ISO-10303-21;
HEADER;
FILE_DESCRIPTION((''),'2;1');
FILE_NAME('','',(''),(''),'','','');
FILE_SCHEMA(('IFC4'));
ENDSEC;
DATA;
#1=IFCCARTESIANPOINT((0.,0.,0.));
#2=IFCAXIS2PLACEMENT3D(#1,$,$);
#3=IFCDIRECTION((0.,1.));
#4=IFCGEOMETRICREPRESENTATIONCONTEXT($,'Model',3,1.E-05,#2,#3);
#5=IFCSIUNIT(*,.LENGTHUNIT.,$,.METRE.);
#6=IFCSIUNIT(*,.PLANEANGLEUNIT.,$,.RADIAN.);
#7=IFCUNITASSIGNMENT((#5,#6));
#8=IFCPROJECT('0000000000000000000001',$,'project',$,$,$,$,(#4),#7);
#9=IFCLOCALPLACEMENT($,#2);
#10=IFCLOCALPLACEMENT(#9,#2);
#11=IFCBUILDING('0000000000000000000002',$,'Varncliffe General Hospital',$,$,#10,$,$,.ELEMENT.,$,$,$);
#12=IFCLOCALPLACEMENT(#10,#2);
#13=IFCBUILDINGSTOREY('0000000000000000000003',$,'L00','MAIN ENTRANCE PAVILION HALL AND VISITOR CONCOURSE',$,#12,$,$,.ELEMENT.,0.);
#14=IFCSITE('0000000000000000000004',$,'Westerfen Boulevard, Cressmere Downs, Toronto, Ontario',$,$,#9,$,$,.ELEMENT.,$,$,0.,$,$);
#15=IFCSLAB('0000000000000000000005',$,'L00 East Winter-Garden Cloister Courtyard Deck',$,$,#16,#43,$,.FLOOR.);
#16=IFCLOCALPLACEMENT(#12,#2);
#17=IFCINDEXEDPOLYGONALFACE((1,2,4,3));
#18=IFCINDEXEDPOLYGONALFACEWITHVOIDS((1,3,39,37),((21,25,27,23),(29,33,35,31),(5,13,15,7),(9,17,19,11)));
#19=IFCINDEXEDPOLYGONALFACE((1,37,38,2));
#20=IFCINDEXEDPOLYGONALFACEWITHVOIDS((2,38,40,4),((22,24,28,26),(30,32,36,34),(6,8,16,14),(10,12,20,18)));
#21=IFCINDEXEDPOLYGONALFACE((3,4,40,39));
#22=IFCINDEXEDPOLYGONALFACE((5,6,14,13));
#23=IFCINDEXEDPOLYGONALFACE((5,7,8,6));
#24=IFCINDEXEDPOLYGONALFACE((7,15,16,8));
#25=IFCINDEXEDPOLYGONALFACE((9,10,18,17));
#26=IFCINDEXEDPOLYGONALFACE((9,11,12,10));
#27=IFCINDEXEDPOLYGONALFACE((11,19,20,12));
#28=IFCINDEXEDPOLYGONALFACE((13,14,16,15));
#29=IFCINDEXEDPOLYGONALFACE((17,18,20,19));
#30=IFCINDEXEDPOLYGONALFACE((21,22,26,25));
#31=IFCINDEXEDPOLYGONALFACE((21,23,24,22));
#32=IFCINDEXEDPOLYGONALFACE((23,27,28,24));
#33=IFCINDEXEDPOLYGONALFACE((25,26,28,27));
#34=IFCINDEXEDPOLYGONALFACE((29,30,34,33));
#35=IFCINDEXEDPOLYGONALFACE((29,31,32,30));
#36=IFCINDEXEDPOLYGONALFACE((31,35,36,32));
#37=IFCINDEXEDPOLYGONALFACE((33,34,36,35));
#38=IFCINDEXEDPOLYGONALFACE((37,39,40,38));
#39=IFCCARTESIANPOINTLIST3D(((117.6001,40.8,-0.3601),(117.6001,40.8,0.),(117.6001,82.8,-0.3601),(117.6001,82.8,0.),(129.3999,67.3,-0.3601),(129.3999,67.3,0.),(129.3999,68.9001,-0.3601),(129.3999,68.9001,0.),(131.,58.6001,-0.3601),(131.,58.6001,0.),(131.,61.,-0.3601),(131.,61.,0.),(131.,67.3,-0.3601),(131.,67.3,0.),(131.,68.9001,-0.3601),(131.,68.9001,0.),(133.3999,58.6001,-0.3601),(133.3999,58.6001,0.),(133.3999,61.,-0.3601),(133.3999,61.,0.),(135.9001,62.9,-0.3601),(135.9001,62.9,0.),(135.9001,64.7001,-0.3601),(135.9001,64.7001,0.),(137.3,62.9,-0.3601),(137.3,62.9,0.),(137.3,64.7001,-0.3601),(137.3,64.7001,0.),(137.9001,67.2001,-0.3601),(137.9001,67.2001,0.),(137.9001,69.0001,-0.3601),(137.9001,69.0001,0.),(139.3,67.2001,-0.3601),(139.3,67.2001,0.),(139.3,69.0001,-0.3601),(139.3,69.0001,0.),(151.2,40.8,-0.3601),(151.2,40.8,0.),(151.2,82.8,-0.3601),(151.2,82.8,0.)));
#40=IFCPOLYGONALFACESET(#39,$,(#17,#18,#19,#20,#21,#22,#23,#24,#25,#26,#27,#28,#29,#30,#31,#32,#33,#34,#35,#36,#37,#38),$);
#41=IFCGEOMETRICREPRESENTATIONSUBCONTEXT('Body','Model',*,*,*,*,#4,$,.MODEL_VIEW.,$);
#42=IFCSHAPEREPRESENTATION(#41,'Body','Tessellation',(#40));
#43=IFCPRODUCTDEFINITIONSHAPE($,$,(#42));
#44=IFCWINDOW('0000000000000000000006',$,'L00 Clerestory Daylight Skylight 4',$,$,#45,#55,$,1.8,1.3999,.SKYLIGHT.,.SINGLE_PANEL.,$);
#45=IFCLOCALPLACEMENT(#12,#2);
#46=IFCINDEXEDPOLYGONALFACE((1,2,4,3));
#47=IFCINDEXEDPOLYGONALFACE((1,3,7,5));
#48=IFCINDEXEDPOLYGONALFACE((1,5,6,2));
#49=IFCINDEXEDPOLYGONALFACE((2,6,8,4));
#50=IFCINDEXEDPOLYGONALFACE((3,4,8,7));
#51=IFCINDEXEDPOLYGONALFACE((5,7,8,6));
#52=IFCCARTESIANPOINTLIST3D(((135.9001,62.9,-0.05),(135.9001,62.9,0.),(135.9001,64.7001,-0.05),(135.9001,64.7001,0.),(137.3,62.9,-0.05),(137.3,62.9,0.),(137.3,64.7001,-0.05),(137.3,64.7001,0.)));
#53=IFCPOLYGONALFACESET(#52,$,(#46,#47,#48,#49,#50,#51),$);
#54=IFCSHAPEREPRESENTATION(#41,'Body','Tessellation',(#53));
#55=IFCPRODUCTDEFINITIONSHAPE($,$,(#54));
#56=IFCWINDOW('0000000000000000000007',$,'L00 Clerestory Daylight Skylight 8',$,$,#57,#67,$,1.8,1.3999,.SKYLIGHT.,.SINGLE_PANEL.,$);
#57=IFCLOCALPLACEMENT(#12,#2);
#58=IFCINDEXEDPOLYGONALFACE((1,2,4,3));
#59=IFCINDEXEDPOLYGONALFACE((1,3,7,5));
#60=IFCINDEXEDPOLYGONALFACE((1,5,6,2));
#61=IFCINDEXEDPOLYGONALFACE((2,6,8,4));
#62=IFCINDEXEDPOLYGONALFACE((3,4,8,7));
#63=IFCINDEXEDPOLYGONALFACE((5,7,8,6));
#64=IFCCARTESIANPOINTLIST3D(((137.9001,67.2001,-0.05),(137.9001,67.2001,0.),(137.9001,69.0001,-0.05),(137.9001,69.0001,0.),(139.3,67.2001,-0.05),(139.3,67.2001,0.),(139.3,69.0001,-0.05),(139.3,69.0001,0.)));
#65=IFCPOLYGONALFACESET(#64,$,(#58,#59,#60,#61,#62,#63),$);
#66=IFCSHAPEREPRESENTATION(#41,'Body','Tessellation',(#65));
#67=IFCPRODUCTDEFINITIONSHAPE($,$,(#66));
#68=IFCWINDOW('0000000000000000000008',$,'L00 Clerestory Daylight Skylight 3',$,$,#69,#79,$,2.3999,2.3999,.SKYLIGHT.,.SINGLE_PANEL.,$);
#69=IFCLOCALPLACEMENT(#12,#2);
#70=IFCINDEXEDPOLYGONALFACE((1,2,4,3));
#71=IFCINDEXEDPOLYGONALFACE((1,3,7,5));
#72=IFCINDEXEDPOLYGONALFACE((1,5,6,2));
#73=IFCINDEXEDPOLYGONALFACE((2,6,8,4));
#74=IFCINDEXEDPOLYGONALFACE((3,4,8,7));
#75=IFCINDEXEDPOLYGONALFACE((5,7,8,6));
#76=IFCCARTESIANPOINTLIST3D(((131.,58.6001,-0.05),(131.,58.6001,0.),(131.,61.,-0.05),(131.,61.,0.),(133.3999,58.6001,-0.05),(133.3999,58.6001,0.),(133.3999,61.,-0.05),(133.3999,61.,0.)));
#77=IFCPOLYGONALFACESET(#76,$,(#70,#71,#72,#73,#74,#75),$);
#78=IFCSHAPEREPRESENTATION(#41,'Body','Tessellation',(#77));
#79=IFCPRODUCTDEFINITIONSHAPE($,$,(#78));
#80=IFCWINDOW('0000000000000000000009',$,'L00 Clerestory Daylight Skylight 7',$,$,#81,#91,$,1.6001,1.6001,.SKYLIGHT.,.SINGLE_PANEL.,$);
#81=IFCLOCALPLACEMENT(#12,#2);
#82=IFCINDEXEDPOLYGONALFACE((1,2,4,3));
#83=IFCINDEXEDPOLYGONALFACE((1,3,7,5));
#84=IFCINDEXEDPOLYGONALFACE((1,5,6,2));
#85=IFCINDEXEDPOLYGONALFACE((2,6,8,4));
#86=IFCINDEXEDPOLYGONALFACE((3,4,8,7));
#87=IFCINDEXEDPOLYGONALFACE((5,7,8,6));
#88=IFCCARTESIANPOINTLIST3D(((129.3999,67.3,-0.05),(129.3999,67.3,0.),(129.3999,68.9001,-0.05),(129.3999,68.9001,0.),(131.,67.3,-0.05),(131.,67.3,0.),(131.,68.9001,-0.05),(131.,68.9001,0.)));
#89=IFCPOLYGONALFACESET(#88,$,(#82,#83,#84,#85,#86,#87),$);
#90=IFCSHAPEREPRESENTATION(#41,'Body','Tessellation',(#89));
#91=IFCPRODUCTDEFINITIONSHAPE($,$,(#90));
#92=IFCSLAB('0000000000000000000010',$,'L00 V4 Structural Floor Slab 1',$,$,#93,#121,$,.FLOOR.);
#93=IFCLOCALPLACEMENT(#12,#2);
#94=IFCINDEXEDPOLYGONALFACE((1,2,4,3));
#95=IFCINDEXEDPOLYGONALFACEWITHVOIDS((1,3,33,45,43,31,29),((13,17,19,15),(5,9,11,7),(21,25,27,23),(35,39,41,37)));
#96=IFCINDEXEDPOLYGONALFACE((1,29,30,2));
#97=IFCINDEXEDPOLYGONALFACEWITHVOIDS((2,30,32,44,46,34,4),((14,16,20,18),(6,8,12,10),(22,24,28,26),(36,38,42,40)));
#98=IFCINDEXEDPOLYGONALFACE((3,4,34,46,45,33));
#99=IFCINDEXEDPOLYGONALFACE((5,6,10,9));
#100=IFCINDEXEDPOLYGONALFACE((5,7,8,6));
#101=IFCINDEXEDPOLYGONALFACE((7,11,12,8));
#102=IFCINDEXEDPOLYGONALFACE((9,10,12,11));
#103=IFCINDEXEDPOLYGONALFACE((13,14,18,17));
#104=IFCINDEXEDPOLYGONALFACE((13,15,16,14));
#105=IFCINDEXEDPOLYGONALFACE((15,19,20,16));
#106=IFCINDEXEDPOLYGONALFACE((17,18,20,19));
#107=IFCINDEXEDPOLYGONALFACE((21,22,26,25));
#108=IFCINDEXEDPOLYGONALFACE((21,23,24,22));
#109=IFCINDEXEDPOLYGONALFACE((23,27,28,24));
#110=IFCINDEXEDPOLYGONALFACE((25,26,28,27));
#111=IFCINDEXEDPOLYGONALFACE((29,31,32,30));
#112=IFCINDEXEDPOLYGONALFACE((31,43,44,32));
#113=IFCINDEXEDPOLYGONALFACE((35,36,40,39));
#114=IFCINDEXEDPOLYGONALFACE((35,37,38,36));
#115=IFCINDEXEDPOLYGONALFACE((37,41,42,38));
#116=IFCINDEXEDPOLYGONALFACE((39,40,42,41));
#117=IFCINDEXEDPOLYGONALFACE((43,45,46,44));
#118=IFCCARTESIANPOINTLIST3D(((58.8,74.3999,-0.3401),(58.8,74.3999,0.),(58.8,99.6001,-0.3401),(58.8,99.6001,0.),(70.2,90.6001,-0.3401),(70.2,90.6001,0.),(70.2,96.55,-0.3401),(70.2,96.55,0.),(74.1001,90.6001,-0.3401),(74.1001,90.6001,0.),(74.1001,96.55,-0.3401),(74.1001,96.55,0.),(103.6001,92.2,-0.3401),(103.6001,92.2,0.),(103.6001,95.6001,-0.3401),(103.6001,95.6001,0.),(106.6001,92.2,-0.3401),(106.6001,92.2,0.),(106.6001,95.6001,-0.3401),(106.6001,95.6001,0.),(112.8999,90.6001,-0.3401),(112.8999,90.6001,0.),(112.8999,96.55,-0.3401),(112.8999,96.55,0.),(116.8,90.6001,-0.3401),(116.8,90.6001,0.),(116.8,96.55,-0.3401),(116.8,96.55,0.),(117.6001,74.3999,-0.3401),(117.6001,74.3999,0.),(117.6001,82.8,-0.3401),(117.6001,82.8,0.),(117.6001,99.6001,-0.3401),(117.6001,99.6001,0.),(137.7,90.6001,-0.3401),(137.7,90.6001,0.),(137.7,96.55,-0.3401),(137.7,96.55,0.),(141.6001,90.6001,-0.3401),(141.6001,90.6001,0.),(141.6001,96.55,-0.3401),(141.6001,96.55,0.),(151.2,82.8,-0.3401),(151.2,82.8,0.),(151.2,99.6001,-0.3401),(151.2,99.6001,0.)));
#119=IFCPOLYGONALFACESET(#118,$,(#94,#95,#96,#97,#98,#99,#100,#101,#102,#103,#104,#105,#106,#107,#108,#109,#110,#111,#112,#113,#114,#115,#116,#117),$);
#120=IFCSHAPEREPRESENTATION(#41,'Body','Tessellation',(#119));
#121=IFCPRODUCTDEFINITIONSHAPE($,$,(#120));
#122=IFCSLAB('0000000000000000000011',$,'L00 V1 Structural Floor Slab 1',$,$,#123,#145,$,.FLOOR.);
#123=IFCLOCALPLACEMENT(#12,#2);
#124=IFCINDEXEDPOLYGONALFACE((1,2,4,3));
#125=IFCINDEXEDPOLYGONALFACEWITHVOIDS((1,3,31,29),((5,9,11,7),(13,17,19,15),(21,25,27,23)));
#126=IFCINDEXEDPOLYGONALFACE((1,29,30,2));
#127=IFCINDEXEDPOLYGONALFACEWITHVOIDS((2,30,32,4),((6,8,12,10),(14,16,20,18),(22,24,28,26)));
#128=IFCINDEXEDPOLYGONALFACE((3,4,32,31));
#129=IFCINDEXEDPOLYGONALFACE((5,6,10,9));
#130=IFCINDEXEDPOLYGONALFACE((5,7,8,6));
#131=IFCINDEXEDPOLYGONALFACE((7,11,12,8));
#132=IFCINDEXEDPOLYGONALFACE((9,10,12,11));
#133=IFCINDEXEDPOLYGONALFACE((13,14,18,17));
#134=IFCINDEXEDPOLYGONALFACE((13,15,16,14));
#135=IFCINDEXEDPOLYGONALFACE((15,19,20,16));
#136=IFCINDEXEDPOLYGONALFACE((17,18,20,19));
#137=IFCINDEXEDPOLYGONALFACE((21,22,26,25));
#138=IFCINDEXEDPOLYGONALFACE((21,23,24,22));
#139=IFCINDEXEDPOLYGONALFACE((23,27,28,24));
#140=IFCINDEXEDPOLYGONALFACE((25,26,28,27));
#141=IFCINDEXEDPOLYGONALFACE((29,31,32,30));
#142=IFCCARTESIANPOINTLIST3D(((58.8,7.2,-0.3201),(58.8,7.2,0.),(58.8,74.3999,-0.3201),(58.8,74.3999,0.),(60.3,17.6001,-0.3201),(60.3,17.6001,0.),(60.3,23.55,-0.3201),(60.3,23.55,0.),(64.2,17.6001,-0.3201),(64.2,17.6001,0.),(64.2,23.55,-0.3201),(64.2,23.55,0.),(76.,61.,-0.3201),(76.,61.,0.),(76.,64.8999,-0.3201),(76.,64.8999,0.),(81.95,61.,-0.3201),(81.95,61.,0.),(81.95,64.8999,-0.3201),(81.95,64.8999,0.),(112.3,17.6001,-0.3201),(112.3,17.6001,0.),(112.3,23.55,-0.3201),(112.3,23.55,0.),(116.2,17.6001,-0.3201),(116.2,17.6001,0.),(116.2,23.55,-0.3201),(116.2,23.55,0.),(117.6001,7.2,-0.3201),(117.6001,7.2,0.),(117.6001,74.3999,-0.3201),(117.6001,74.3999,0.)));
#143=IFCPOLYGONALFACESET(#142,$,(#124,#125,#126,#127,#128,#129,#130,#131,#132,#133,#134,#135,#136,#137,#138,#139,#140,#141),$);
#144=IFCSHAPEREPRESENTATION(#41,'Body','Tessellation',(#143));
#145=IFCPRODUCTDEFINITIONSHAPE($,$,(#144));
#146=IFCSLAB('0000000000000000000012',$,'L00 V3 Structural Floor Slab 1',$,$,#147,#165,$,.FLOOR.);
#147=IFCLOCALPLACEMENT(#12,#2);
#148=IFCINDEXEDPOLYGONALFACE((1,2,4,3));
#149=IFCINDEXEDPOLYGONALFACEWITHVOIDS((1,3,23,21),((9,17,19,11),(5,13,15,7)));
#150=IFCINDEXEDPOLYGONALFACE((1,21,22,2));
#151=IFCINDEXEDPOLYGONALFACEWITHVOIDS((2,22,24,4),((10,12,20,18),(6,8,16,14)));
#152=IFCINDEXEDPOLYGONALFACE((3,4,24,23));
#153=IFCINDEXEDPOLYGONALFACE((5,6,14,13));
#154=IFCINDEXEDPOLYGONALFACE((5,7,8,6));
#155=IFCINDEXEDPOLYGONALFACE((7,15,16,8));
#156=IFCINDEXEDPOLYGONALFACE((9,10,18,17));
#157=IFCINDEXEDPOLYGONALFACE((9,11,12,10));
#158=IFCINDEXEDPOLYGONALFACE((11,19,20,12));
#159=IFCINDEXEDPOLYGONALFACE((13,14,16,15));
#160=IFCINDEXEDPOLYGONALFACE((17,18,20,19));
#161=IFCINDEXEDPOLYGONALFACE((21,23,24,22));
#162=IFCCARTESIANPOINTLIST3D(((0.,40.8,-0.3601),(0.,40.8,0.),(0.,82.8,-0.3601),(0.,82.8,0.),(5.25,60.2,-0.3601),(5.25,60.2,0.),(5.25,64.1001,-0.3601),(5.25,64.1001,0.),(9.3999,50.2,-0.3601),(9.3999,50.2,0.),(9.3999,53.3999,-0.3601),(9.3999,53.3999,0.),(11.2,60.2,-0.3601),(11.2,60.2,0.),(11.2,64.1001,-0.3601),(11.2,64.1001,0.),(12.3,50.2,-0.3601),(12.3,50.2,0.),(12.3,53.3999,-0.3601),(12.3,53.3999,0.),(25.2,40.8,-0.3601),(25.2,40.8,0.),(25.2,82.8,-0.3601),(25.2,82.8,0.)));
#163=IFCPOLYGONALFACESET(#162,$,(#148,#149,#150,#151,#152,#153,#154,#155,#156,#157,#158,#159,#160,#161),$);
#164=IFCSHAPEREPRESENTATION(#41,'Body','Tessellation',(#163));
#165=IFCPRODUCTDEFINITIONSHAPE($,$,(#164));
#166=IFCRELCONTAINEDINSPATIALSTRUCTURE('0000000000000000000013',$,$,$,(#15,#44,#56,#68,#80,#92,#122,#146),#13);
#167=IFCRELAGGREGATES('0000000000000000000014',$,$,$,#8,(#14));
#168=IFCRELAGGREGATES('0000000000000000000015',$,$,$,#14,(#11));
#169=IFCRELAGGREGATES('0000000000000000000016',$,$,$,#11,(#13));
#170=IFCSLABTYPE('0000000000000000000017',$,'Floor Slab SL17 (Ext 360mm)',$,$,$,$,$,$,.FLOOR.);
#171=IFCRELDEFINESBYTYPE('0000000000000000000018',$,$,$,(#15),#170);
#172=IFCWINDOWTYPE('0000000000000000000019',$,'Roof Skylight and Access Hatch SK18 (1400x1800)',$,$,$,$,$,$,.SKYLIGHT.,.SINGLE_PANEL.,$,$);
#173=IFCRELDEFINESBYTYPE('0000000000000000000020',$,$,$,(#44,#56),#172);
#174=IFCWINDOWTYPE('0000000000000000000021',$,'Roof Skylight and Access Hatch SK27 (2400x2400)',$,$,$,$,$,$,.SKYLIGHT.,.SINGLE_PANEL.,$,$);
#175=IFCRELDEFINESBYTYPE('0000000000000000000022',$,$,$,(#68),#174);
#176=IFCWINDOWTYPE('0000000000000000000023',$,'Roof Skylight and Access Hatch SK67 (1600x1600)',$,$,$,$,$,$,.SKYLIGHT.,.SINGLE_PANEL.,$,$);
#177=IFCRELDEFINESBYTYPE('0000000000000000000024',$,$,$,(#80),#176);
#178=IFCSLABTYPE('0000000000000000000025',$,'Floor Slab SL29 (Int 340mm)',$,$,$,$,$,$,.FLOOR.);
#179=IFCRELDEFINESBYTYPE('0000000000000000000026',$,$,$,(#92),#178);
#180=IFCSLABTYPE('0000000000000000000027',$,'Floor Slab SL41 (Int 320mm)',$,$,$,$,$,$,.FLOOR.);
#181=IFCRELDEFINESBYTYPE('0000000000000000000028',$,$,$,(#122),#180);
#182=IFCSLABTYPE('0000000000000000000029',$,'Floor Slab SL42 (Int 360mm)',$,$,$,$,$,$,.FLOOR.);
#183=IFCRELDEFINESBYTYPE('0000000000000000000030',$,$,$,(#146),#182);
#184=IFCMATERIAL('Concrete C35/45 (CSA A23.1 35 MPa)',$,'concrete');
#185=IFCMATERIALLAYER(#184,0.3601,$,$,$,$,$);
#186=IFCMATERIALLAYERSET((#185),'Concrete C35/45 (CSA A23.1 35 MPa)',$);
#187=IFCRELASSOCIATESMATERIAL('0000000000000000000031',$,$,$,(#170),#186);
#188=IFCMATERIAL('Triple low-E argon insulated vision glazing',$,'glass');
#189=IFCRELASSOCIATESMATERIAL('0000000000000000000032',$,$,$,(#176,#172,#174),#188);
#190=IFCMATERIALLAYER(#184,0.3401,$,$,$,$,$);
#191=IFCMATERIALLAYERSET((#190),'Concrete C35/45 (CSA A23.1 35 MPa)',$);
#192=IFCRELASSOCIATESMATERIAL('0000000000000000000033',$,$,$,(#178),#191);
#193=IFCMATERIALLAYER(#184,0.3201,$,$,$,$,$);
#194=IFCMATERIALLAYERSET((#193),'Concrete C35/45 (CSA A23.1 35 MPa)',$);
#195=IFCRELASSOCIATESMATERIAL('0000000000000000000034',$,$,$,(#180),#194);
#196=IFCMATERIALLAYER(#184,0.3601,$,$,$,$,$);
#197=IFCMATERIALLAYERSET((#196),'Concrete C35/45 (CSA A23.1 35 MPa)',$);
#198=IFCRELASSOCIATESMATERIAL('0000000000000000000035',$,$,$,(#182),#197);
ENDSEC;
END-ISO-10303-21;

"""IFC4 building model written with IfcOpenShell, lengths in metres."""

from ifc_helpers import new_model, si_unit, direction, frame, origin, origin_2d, place, context, subcontext, project, spatial, polyline, rectangle, outline, extrude, material, layer, layer_set, type_object, element, fill, save


model = new_model("IFC4")

# Units and contexts
model_context = context("Model", 3, precision=1e-05, world=origin(), true_north=direction((0.0, 1.0)))
body_context = subcontext(model_context, "Body", "Model", "MODEL_VIEW")
ifc_project = project(units=[si_unit("LENGTHUNIT", "METRE"), si_unit("PLANEANGLEUNIT", "RADIAN")], contexts=[model_context])

# Site, building, storey
site_placement = place(None, origin())
site = spatial("IfcSite", under=ifc_project, at=site_placement, Name="Westerfen Boulevard, Cressmere Downs, Toronto, Ontario", CompositionType="ELEMENT", RefElevation=0.0)
building_placement = place(site_placement, origin())
building = spatial("IfcBuilding", under=site, at=building_placement, Name="Varncliffe General Hospital", CompositionType="ELEMENT")
storey_placement = place(building_placement, origin())
storey = spatial("IfcBuildingStorey", under=building, at=storey_placement, Name="L00", Description="MAIN ENTRANCE PAVILION HALL AND VISITOR CONCOURSE", CompositionType="ELEMENT", Elevation=0.0)

# Shared definitions
ifc_material_1 = material(Name="Concrete C35/45 (CSA A23.1 35 MPa)", Category="concrete")

# Slab, openings, windows
ifc_layer_1 = layer(ifc_material_1, 0.3601)
ifc_layer_set_1 = layer_set([ifc_layer_1], Name="Concrete C35/45 (CSA A23.1 35 MPa)")
slab_type_1 = type_object("IfcSlabType", Name="Floor Slab SL17 (Ext 360mm)", PredefinedType="FLOOR", material=ifc_layer_set_1)
ifc_material_2 = material(Name="Triple low-E argon insulated vision glazing", Category="glass")
window_type_1 = type_object("IfcWindowType", Name="Roof Skylight and Access Hatch SK67 (1600x1600)", PartitioningType="SINGLE_PANEL", PredefinedType="SKYLIGHT", material=ifc_material_2)
slab_1_placement = place(storey_placement, frame((0.0, 0.0, -0.3601)))
slab_1 = element("IfcSlab", 1, at=slab_1_placement, inside=storey, type_object=slab_type_1, Name="L00 East Winter-Garden Cloister Courtyard Deck", PredefinedType="FLOOR", context=body_context, shape_type="SweptSolid", body=[
    extrude(outline(polyline([(117.6001, 40.8), (151.2, 40.8), (151.2, 82.8), (117.6001, 82.8), (117.6001, 40.8)])), origin(), (0.0, 0.0, 1.0), 0.3601),
])
opening_1_placement = place(slab_1_placement, frame((132.2, 59.8, 0.0)))
opening_1 = element("IfcOpeningElement", 2, at=opening_1_placement, cuts=slab_1, PredefinedType="OPENING", context=body_context, shape_type="SweptSolid", body=[
    extrude(rectangle(XDim=2.3999, YDim=2.3999, at=origin_2d()), frame((0.0, 0.0, -0.01)), (0.0, 0.0, 1.0), 0.3801),
])
opening_2_placement = place(slab_1_placement, frame((136.6001, 63.8, 0.0)))
opening_2 = element("IfcOpeningElement", 3, at=opening_2_placement, cuts=slab_1, PredefinedType="OPENING", context=body_context, shape_type="SweptSolid", body=[
    extrude(rectangle(XDim=1.3999, YDim=1.8, at=origin_2d()), frame((0.0, 0.0, -0.01)), (0.0, 0.0, 1.0), 0.3801),
])
opening_3_placement = place(slab_1_placement, frame((130.2, 68.1001, 0.0)))
opening_3 = element("IfcOpeningElement", 4, at=opening_3_placement, cuts=slab_1, PredefinedType="OPENING", context=body_context, shape_type="SweptSolid", body=[
    extrude(rectangle(XDim=1.6001, YDim=1.6001, at=origin_2d()), frame((0.0, 0.0, -0.01)), (0.0, 0.0, 1.0), 0.3801),
])
opening_4_placement = place(slab_1_placement, frame((138.6001, 68.1001, 0.0)))
opening_4 = element("IfcOpeningElement", 5, at=opening_4_placement, cuts=slab_1, PredefinedType="OPENING", context=body_context, shape_type="SweptSolid", body=[
    extrude(rectangle(XDim=1.3999, YDim=1.8, at=origin_2d()), frame((0.0, 0.0, -0.01)), (0.0, 0.0, 1.0), 0.3801),
])
window_type_2 = type_object("IfcWindowType", Name="Roof Skylight and Access Hatch SK18 (1400x1800)", PartitioningType="SINGLE_PANEL", PredefinedType="SKYLIGHT", material=ifc_material_2)
window_1_placement = place(opening_2_placement, frame((0.0, 0.0, 0.3101)))
window_1 = element("IfcWindow", 6, at=window_1_placement, inside=storey, type_object=window_type_2, Name="L00 Clerestory Daylight Skylight 4", OverallHeight=1.8, OverallWidth=1.3999, PartitioningType="SINGLE_PANEL", PredefinedType="SKYLIGHT", context=body_context, shape_type="SweptSolid", body=[
    extrude(rectangle(XDim=1.3999, YDim=1.8, at=origin_2d()), origin(), (0.0, 0.0, 1.0), 0.05),
])
fill(opening_2, window_1)
window_2_placement = place(opening_4_placement, frame((0.0, 0.0, 0.3101)))
window_2 = element("IfcWindow", 7, at=window_2_placement, inside=storey, type_object=window_type_2, Name="L00 Clerestory Daylight Skylight 8", OverallHeight=1.8, OverallWidth=1.3999, PartitioningType="SINGLE_PANEL", PredefinedType="SKYLIGHT", context=body_context, shape_type="SweptSolid", body=[
    extrude(rectangle(XDim=1.3999, YDim=1.8, at=origin_2d()), origin(), (0.0, 0.0, 1.0), 0.05),
])
fill(opening_4, window_2)
window_type_3 = type_object("IfcWindowType", Name="Roof Skylight and Access Hatch SK27 (2400x2400)", PartitioningType="SINGLE_PANEL", PredefinedType="SKYLIGHT", material=ifc_material_2)
window_3_placement = place(opening_1_placement, frame((0.0, 0.0, 0.3101)))
window_3 = element("IfcWindow", 8, at=window_3_placement, inside=storey, type_object=window_type_3, Name="L00 Clerestory Daylight Skylight 3", OverallHeight=2.3999, OverallWidth=2.3999, PartitioningType="SINGLE_PANEL", PredefinedType="SKYLIGHT", context=body_context, shape_type="SweptSolid", body=[
    extrude(rectangle(XDim=2.3999, YDim=2.3999, at=origin_2d()), origin(), (0.0, 0.0, 1.0), 0.05),
])
fill(opening_1, window_3)
window_4_placement = place(opening_3_placement, frame((0.0, 0.0, 0.3101)))
window_4 = element("IfcWindow", 9, at=window_4_placement, inside=storey, type_object=window_type_1, Name="L00 Clerestory Daylight Skylight 7", OverallHeight=1.6001, OverallWidth=1.6001, PartitioningType="SINGLE_PANEL", PredefinedType="SKYLIGHT", context=body_context, shape_type="SweptSolid", body=[
    extrude(rectangle(XDim=1.6001, YDim=1.6001, at=origin_2d()), origin(), (0.0, 0.0, 1.0), 0.05),
])
fill(opening_3, window_4)

# Slabs
ifc_layer_2 = layer(ifc_material_1, 0.3401)
ifc_layer_set_2 = layer_set([ifc_layer_2], Name="Concrete C35/45 (CSA A23.1 35 MPa)")
slab_type_2 = type_object("IfcSlabType", Name="Floor Slab SL29 (Int 340mm)", PredefinedType="FLOOR", material=ifc_layer_set_2)
slab_2_placement = place(storey_placement, frame((0.0, 0.0, -0.3401)))
element("IfcSlab", 10, at=slab_2_placement, inside=storey, type_object=slab_type_2, Name="L00 V4 Structural Floor Slab 1", PredefinedType="FLOOR", context=body_context, shape_type="SweptSolid", body=[
    extrude(outline(polyline([(117.6001, 74.3999), (58.8, 74.3999), (58.8, 99.6001), (117.6001, 99.6001), (151.2, 99.6001), (151.2, 82.8), (117.6001, 82.8), (117.6001, 74.3999)]), holes=[polyline([(116.8, 90.6001), (116.8, 96.55), (112.8999, 96.55), (112.8999, 90.6001), (116.8, 90.6001)]), polyline([(74.1001, 90.6001), (74.1001, 96.55), (70.2, 96.55), (70.2, 90.6001), (74.1001, 90.6001)]), polyline([(141.6001, 90.6001), (141.6001, 96.55), (137.7, 96.55), (137.7, 90.6001), (141.6001, 90.6001)]), polyline([(103.6001, 92.2), (106.6001, 92.2), (106.6001, 95.6001), (103.6001, 95.6001), (103.6001, 92.2)])]), origin(), (0.0, 0.0, 1.0), 0.3401),
])
ifc_layer_3 = layer(ifc_material_1, 0.3201)
ifc_layer_set_3 = layer_set([ifc_layer_3], Name="Concrete C35/45 (CSA A23.1 35 MPa)")
slab_type_3 = type_object("IfcSlabType", Name="Floor Slab SL41 (Int 320mm)", PredefinedType="FLOOR", material=ifc_layer_set_3)
slab_3_placement = place(storey_placement, frame((0.0, 0.0, -0.3201)))
element("IfcSlab", 11, at=slab_3_placement, inside=storey, type_object=slab_type_3, Name="L00 V1 Structural Floor Slab 1", PredefinedType="FLOOR", context=body_context, shape_type="SweptSolid", body=[
    extrude(outline(polyline([(117.6001, 7.2), (117.6001, 74.3999), (58.8, 74.3999), (58.8, 7.2), (117.6001, 7.2)]), holes=[polyline([(64.2, 17.6001), (64.2, 23.55), (60.3, 23.55), (60.3, 17.6001), (64.2, 17.6001)]), polyline([(116.2, 17.6001), (116.2, 23.55), (112.3, 23.55), (112.3, 17.6001), (116.2, 17.6001)]), polyline([(81.95, 64.8999), (76.0, 64.8999), (76.0, 61.0), (81.95, 61.0), (81.95, 64.8999)])]), origin(), (0.0, 0.0, 1.0), 0.3201),
])
ifc_layer_4 = layer(ifc_material_1, 0.3601)
ifc_layer_set_4 = layer_set([ifc_layer_4], Name="Concrete C35/45 (CSA A23.1 35 MPa)")
slab_type_4 = type_object("IfcSlabType", Name="Floor Slab SL42 (Int 360mm)", PredefinedType="FLOOR", material=ifc_layer_set_4)
slab_4_placement = place(storey_placement, frame((0.0, 0.0, -0.3601)))
element("IfcSlab", 12, at=slab_4_placement, inside=storey, type_object=slab_type_4, Name="L00 V3 Structural Floor Slab 1", PredefinedType="FLOOR", context=body_context, shape_type="SweptSolid", body=[
    extrude(outline(polyline([(25.2, 40.8), (0.0, 40.8), (0.0, 82.8), (25.2, 82.8), (25.2, 40.8)]), holes=[polyline([(11.2, 64.1001), (5.25, 64.1001), (5.25, 60.2), (11.2, 60.2), (11.2, 64.1001)]), polyline([(9.3999, 50.2), (12.3, 50.2), (12.3, 53.3999), (9.3999, 53.3999), (9.3999, 50.2)])]), origin(), (0.0, 0.0, 1.0), 0.3601),
])

save(model, "model.ifc")
